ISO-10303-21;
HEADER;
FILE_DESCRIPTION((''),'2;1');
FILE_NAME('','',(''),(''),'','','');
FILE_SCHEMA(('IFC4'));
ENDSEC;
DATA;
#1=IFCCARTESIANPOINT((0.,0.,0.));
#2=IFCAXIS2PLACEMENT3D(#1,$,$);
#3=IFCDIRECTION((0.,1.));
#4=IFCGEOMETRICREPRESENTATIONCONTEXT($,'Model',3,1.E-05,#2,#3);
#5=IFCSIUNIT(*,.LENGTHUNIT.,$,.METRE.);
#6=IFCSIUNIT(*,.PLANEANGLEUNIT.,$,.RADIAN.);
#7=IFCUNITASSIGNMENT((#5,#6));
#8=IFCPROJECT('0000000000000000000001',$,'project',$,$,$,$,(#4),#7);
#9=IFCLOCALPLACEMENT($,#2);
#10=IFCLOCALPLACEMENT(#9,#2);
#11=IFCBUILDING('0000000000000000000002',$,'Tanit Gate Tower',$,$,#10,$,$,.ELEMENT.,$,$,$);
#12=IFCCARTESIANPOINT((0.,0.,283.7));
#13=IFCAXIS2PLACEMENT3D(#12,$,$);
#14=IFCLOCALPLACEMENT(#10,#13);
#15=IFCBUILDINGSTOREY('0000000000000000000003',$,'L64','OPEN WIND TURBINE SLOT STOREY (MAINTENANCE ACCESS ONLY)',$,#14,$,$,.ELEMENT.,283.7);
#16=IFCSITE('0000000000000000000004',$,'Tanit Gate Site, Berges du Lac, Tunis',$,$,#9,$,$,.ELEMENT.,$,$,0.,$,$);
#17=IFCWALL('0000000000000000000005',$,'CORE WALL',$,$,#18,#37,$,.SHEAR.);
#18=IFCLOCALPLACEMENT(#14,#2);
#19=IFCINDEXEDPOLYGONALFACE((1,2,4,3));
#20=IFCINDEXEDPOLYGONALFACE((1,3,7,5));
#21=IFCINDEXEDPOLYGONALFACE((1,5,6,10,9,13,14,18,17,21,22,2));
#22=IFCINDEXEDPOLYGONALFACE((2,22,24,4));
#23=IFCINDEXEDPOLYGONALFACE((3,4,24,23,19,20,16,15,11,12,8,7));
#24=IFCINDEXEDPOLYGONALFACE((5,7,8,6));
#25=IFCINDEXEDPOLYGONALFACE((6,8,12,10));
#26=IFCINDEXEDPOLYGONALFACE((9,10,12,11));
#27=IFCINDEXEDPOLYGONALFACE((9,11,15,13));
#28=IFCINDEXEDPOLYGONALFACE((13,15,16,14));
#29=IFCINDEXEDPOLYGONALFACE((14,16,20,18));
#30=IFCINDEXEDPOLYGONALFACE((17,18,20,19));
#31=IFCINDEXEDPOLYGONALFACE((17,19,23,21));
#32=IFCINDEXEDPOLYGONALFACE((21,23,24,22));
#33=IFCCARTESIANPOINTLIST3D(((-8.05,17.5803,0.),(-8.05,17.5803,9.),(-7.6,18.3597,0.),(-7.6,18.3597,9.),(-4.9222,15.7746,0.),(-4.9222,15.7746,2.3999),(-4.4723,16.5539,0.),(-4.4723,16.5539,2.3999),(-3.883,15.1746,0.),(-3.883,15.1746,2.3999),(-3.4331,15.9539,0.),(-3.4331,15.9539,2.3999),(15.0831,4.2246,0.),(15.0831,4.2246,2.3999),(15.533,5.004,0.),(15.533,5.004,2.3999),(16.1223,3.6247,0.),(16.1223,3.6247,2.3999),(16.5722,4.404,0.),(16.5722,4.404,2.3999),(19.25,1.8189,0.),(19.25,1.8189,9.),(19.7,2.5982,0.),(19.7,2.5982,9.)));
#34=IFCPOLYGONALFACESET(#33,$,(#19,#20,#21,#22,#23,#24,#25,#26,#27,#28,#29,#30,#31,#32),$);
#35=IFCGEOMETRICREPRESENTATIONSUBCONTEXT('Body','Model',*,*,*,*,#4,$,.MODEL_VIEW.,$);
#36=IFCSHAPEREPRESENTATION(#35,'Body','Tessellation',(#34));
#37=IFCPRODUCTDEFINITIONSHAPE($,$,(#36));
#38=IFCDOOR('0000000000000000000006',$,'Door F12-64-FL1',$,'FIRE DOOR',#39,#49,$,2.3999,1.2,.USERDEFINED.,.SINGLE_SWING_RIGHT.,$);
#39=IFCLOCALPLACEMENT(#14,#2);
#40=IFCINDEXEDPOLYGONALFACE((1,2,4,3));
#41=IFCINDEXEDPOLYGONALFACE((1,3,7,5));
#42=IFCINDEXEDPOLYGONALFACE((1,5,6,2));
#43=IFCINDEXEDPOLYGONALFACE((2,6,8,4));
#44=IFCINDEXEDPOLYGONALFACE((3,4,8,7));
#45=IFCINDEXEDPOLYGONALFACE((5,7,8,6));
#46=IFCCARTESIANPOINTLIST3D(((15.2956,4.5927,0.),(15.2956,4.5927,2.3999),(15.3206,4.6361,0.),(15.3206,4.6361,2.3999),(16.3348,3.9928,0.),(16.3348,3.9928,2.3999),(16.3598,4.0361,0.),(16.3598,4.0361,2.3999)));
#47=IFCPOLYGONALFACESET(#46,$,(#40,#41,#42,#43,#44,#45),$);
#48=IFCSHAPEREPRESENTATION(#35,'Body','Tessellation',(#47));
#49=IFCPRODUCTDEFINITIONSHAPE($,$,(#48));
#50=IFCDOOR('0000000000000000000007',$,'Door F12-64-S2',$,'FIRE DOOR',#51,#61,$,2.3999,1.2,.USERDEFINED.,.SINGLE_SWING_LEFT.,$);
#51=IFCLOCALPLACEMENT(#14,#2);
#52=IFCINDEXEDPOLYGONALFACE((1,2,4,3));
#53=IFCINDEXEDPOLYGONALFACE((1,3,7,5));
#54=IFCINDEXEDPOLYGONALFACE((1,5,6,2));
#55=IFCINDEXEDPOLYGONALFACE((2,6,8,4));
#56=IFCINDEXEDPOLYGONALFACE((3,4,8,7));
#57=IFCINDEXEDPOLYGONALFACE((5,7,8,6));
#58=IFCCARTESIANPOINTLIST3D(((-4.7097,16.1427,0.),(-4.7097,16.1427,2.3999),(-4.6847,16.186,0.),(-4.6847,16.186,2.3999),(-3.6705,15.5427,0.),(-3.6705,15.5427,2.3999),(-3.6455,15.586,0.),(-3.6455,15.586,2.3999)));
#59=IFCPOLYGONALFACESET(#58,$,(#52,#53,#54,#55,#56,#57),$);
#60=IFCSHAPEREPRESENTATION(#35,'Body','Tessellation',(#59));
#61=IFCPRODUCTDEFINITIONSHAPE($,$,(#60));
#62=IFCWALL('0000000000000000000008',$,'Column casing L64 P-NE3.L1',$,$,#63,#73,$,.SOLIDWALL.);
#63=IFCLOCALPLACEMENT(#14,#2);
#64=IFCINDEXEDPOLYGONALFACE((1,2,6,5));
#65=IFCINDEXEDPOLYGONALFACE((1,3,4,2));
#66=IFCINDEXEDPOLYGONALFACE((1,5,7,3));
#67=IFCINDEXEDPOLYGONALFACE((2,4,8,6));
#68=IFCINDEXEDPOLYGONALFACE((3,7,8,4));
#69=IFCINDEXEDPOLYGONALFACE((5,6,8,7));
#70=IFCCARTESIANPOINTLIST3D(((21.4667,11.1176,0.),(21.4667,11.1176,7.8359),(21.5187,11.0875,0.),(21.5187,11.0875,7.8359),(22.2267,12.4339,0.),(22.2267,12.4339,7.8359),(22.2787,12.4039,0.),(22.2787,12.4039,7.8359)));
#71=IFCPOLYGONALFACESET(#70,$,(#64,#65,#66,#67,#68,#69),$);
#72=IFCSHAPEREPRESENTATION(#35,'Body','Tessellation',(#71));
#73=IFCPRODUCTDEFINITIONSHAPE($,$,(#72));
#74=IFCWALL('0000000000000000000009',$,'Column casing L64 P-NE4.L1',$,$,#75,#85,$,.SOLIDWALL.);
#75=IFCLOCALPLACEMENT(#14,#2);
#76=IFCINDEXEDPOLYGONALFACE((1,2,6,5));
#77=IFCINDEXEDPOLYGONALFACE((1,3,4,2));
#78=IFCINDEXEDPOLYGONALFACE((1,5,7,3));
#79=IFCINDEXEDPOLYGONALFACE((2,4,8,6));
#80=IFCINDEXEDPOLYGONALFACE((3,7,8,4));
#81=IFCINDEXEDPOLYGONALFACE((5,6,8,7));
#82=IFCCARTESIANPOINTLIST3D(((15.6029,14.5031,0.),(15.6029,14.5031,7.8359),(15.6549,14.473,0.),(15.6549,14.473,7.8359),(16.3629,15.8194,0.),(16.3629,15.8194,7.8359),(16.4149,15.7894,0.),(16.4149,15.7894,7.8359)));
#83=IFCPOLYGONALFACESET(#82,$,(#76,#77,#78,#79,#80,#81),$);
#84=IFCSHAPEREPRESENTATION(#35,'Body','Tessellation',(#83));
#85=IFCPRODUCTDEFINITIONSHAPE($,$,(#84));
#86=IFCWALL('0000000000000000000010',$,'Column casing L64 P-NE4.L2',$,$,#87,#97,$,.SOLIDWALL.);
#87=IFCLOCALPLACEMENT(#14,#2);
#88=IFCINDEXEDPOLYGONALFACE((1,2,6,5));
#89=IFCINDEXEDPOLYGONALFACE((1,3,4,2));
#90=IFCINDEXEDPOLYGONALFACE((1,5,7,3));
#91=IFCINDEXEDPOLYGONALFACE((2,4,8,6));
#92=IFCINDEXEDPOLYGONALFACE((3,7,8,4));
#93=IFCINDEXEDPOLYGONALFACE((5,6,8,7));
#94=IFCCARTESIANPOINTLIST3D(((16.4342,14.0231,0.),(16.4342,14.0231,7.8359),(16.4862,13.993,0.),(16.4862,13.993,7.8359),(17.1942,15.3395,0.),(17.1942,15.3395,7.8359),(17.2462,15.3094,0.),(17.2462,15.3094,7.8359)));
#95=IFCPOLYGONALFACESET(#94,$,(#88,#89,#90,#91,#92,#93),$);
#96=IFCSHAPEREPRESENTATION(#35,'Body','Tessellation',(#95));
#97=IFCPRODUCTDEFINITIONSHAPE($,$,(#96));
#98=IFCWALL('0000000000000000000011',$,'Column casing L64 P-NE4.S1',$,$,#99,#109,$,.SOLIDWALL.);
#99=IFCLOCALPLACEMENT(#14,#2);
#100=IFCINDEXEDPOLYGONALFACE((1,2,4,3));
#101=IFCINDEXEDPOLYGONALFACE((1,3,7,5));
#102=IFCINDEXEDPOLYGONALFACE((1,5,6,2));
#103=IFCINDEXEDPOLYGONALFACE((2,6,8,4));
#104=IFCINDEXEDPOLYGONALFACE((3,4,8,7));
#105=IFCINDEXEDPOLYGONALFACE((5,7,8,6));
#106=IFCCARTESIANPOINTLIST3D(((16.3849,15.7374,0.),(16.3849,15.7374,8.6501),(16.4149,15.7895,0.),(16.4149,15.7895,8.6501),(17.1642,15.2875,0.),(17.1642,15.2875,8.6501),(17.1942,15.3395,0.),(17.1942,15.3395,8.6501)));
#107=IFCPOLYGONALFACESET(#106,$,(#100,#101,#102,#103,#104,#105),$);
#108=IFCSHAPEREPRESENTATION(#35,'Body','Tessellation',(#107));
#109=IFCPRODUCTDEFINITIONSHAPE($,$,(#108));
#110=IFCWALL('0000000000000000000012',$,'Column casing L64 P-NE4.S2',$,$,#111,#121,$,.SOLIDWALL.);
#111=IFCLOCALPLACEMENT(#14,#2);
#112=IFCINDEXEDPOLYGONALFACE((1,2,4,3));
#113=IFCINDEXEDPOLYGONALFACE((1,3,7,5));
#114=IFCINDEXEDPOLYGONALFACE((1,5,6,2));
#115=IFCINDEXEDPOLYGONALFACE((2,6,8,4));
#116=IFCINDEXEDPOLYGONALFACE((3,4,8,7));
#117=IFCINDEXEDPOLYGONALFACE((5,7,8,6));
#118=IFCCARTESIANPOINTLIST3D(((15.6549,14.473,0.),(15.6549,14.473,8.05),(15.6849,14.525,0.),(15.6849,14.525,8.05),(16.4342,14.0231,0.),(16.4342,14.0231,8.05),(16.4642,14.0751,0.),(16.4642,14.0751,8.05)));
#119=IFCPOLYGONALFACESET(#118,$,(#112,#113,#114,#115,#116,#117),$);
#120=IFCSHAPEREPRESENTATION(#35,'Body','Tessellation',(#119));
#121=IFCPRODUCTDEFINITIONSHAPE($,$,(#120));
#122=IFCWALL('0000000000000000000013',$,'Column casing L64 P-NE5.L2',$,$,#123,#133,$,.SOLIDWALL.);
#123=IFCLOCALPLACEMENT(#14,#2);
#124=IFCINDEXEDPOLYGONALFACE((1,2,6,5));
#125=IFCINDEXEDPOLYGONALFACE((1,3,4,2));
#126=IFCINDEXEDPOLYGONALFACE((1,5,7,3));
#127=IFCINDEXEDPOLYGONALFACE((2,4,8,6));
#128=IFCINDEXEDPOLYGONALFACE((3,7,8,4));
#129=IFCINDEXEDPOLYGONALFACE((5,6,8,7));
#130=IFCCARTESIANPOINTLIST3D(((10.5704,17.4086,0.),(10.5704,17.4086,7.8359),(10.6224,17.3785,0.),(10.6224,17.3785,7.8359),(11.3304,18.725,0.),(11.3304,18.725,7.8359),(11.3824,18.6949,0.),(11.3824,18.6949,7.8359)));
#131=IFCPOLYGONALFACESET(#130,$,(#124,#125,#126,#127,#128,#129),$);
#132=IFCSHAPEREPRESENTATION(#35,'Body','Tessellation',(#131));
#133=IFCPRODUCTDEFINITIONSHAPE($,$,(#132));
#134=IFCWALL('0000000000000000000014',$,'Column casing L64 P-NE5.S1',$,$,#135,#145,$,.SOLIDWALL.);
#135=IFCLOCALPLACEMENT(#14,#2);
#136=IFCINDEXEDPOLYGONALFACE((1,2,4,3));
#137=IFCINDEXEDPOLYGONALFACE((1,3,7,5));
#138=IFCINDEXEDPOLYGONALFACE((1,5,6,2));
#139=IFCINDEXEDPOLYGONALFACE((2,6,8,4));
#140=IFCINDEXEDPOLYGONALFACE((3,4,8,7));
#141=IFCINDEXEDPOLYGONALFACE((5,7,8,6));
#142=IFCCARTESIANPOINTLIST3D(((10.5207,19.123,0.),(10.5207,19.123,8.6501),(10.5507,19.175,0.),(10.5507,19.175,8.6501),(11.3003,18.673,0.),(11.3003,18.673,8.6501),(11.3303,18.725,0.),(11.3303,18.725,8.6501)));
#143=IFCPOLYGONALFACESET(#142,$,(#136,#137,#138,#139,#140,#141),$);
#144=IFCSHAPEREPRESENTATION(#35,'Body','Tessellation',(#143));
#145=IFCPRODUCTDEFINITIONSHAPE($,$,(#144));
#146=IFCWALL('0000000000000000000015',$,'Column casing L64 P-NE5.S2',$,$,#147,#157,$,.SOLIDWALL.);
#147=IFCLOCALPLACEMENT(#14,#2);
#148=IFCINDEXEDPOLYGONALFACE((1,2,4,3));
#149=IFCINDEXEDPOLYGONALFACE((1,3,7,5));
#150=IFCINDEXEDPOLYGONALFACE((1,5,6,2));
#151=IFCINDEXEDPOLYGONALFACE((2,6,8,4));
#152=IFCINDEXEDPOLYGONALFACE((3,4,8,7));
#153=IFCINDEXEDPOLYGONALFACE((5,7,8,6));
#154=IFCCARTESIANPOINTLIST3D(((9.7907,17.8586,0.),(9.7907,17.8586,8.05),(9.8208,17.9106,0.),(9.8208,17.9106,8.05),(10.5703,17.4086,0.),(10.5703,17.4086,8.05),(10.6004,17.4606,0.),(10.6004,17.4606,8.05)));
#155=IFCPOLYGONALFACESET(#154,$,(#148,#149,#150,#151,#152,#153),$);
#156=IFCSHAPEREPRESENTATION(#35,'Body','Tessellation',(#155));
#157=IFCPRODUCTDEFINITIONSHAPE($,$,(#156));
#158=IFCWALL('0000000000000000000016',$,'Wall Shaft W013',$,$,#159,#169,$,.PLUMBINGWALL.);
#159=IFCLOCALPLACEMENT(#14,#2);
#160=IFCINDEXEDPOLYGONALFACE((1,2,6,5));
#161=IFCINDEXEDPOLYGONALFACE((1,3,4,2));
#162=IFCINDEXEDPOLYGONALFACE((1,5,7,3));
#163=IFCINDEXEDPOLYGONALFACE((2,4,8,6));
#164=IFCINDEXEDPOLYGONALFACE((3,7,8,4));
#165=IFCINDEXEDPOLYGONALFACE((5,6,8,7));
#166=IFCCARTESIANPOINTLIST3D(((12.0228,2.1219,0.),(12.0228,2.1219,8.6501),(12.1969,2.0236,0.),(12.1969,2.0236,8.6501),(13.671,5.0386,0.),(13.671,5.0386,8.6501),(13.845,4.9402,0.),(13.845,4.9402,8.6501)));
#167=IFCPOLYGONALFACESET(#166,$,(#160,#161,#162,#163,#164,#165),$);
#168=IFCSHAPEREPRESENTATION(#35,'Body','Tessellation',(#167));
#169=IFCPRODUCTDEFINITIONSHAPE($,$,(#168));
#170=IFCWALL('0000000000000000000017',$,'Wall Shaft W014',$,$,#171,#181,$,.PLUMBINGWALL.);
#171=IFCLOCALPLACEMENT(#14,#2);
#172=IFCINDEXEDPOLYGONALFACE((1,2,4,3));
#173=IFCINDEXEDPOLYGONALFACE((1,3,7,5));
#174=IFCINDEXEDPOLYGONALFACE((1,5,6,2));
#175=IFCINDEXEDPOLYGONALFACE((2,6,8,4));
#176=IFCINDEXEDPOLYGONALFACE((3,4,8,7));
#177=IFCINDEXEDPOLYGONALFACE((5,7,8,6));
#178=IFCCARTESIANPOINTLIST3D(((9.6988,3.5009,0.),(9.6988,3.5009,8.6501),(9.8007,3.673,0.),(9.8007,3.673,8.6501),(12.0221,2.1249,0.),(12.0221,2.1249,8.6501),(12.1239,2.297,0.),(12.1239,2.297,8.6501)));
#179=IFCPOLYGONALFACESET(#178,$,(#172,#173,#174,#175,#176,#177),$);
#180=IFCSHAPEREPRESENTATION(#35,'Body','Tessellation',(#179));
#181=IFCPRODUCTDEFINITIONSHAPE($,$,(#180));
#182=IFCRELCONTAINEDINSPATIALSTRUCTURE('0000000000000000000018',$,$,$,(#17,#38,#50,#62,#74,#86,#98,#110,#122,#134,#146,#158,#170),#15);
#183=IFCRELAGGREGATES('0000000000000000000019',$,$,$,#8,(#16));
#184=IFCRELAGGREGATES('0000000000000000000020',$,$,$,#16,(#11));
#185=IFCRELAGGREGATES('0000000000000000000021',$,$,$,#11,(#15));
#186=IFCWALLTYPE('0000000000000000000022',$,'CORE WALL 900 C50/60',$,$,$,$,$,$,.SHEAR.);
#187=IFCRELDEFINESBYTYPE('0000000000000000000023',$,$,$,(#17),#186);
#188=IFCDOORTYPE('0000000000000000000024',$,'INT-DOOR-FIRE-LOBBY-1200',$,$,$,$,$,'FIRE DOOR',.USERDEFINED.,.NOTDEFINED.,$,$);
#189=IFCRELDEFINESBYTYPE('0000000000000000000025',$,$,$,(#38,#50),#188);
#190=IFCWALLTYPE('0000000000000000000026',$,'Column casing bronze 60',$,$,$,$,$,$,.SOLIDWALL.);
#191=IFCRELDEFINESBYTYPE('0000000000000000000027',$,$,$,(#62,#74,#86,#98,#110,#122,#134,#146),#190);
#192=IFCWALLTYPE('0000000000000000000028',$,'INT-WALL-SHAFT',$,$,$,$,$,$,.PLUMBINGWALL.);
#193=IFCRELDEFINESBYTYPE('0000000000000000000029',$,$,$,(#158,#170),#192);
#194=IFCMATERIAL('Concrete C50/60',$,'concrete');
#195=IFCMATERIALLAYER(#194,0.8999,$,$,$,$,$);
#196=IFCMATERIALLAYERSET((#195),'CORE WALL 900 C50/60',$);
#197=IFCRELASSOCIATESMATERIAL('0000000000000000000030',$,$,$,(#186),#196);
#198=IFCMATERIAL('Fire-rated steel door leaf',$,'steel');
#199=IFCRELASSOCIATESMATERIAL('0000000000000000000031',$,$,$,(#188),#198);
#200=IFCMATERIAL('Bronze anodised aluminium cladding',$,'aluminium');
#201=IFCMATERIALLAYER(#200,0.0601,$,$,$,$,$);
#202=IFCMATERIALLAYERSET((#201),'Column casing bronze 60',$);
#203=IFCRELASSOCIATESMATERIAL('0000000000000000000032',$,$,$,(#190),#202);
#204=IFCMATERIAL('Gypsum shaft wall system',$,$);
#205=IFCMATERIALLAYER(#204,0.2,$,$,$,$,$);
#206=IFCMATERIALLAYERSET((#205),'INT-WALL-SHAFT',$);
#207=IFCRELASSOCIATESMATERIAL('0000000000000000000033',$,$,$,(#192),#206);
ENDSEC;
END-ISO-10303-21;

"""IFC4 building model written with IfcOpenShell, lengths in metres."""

from ifc_helpers import new_model, si_unit, direction, frame, frame_2d, origin, place, context, subcontext, project, spatial, rectangle, extrude, material, layer, layer_set, type_object, element, fill, save


model = new_model("IFC4")

# Units and contexts
model_context = context("Model", 3, precision=1e-05, world=origin(), true_north=direction((0.0, 1.0)))
body_context = subcontext(model_context, "Body", "Model", "MODEL_VIEW")
ifc_project = project(units=[si_unit("LENGTHUNIT", "METRE"), si_unit("PLANEANGLEUNIT", "RADIAN")], contexts=[model_context])

# Site, building, storey
site_placement = place(None, origin())
site = spatial("IfcSite", under=ifc_project, at=site_placement, Name="Tanit Gate Site, Berges du Lac, Tunis", CompositionType="ELEMENT", RefElevation=0.0)
building_placement = place(site_placement, origin())
building = spatial("IfcBuilding", under=site, at=building_placement, Name="Tanit Gate Tower", CompositionType="ELEMENT")
storey_placement = place(building_placement, frame((0.0, 0.0, 283.7)))
storey = spatial("IfcBuildingStorey", under=building, at=storey_placement, Name="L64", Description="OPEN WIND TURBINE SLOT STOREY (MAINTENANCE ACCESS ONLY)", CompositionType="ELEMENT", Elevation=283.7)

# Wall, openings, doors
ifc_material_1 = material(Name="Concrete C50/60", Category="concrete")
ifc_layer_1 = layer(ifc_material_1, 0.8999)
ifc_layer_set_1 = layer_set([ifc_layer_1], Name="CORE WALL 900 C50/60")
wall_type_1 = type_object("IfcWallType", Name="CORE WALL 900 C50/60", PredefinedType="SHEAR", material=ifc_layer_set_1)
wall_1_placement = place(storey_placement, frame((19.4751, 2.2085, 0.0), z_axis=(0.0, 0.0, 1.0), x_axis=(-0.866028, 0.499995, 0.0)))
wall_1 = element("IfcWall", 1, at=wall_1_placement, inside=storey, type_object=wall_type_1, Name="CORE WALL", PredefinedType="SHEAR", context=body_context, shape_type="SweptSolid", body=[
    extrude(rectangle(XDim=31.5232, YDim=0.8999, at=frame_2d((15.7617, 0.0))), origin(), (0.0, 0.0, 1.0), 9.0),
])
opening_1_placement = place(wall_1_placement, frame((3.6116, 0.0, 0.0)))
opening_1 = element("IfcOpeningElement", 2, at=opening_1_placement, cuts=wall_1, PredefinedType="OPENING", context=body_context, shape_type="SweptSolid", body=[
    extrude(rectangle(XDim=1.2, YDim=2.3999, at=frame_2d((0.6001, 1.2))), frame((0.0, 0.46, 0.0), z_axis=(0.0, -1.0, 0.0), x_axis=(1.0, 0.0, 0.0)), (0.0, 0.0, 1.0), 0.9199),
])
opening_2_placement = place(wall_1_placement, frame((26.7117, 0.0, 0.0)))
opening_2 = element("IfcOpeningElement", 3, at=opening_2_placement, cuts=wall_1, PredefinedType="OPENING", context=body_context, shape_type="SweptSolid", body=[
    extrude(rectangle(XDim=1.2, YDim=2.3999, at=frame_2d((0.6001, 1.2))), frame((0.0, 0.46, 0.0), z_axis=(0.0, -1.0, 0.0), x_axis=(1.0, 0.0, 0.0)), (0.0, 0.0, 1.0), 0.9199),
])
ifc_material_2 = material(Name="Fire-rated steel door leaf", Category="steel")
door_type = type_object("IfcDoorType", Name="INT-DOOR-FIRE-LOBBY-1200", ElementType="FIRE DOOR", OperationType="NOTDEFINED", PredefinedType="USERDEFINED", material=ifc_material_2)
door_1_placement = place(opening_1_placement, origin())
door_1 = element("IfcDoor", 4, at=door_1_placement, inside=storey, type_object=door_type, Name="Door F12-64-FL1", ObjectType="FIRE DOOR", OperationType="SINGLE_SWING_RIGHT", OverallHeight=2.3999, OverallWidth=1.2, PredefinedType="USERDEFINED", context=body_context, shape_type="SweptSolid", body=[
    extrude(rectangle(XDim=1.2, YDim=2.3999, at=frame_2d((0.6001, 1.2))), frame((0.0, 0.0249, 0.0), z_axis=(0.0, -1.0, 0.0), x_axis=(1.0, 0.0, 0.0)), (0.0, 0.0, 1.0), 0.05),
])
fill(opening_1, door_1)
door_2_placement = place(opening_2_placement, origin())
door_2 = element("IfcDoor", 5, at=door_2_placement, inside=storey, type_object=door_type, Name="Door F12-64-S2", ObjectType="FIRE DOOR", OperationType="SINGLE_SWING_LEFT", OverallHeight=2.3999, OverallWidth=1.2, PredefinedType="USERDEFINED", context=body_context, shape_type="SweptSolid", body=[
    extrude(rectangle(XDim=1.2, YDim=2.3999, at=frame_2d((0.6001, 1.2))), frame((0.0, 0.0249, 0.0), z_axis=(0.0, -1.0, 0.0), x_axis=(1.0, 0.0, 0.0)), (0.0, 0.0, 1.0), 0.05),
])
fill(opening_2, door_2)

# Walls
ifc_material_3 = material(Name="Bronze anodised aluminium cladding", Category="aluminium")
ifc_layer_2 = layer(ifc_material_3, 0.0601)
ifc_layer_set_2 = layer_set([ifc_layer_2], Name="Column casing bronze 60")
wall_type_2 = type_object("IfcWallType", Name="Column casing bronze 60", PredefinedType="SOLIDWALL", material=ifc_layer_set_2)
for number, where, z_axis, x_axis, name in (
    (6, (21.4927, 11.1025, 0.0), (0.0, 0.0, 1.0), (0.499991, 0.86603, 0.0), "Column casing L64 P-NE3.L1"),
    (7, (15.6289, 14.488, 0.0), (0.0, 0.0, 1.0), (0.499991, 0.86603, 0.0), "Column casing L64 P-NE4.L1"),
    (8, (16.4602, 14.0081, 0.0), (0.0, 0.0, 1.0), (0.499991, 0.86603, 0.0), "Column casing L64 P-NE4.L2"),
):
    element("IfcWall", number, at=place(storey_placement, frame(where, z_axis=z_axis, x_axis=x_axis)), inside=storey, type_object=wall_type_2, Name=name, PredefinedType="SOLIDWALL", context=body_context, shape_type="SweptSolid", body=[
        extrude(rectangle(XDim=1.52, YDim=0.0601, at=frame_2d((0.76, 0.0))), origin(), (0.0, 0.0, 1.0), 7.8359),
    ])
wall_2_placement = place(storey_placement, frame((17.1792, 15.3135, 0.0), z_axis=(0.0, 0.0, 1.0), x_axis=(-0.866014, 0.50002, 0.0)))
element("IfcWall", 9, at=wall_2_placement, inside=storey, type_object=wall_type_2, Name="Column casing L64 P-NE4.S1", PredefinedType="SOLIDWALL", context=body_context, shape_type="SweptSolid", body=[
    extrude(rectangle(XDim=0.8999, YDim=0.0601, at=frame_2d((0.45, 0.0))), origin(), (0.0, 0.0, 1.0), 8.6501),
])
wall_3_placement = place(storey_placement, frame((16.4492, 14.0491, 0.0), z_axis=(0.0, 0.0, 1.0), x_axis=(-0.866014, 0.50002, 0.0)))
element("IfcWall", 10, at=wall_3_placement, inside=storey, type_object=wall_type_2, Name="Column casing L64 P-NE4.S2", PredefinedType="SOLIDWALL", context=body_context, shape_type="SweptSolid", body=[
    extrude(rectangle(XDim=0.8999, YDim=0.0601, at=frame_2d((0.45, 0.0))), origin(), (0.0, 0.0, 1.0), 8.05),
])
wall_4_placement = place(storey_placement, frame((10.5964, 17.3936, 0.0), z_axis=(0.0, 0.0, 1.0), x_axis=(0.499991, 0.86603, 0.0)))
element("IfcWall", 11, at=wall_4_placement, inside=storey, type_object=wall_type_2, Name="Column casing L64 P-NE5.L2", PredefinedType="SOLIDWALL", context=body_context, shape_type="SweptSolid", body=[
    extrude(rectangle(XDim=1.52, YDim=0.0601, at=frame_2d((0.76, 0.0))), origin(), (0.0, 0.0, 1.0), 7.8359),
])
wall_5_placement = place(storey_placement, frame((11.3154, 18.699, 0.0), z_axis=(0.0, 0.0, 1.0), x_axis=(-0.866082, 0.499902, 0.0)))
element("IfcWall", 12, at=wall_5_placement, inside=storey, type_object=wall_type_2, Name="Column casing L64 P-NE5.S1", PredefinedType="SOLIDWALL", context=body_context, shape_type="SweptSolid", body=[
    extrude(rectangle(XDim=0.9001, YDim=0.0601, at=frame_2d((0.4502, 0.0))), origin(), (0.0, 0.0, 1.0), 8.6501),
])
wall_6_placement = place(storey_placement, frame((10.5854, 17.4346, 0.0), z_axis=(0.0, 0.0, 1.0), x_axis=(-0.866082, 0.499902, 0.0)))
element("IfcWall", 13, at=wall_6_placement, inside=storey, type_object=wall_type_2, Name="Column casing L64 P-NE5.S2", PredefinedType="SOLIDWALL", context=body_context, shape_type="SweptSolid", body=[
    extrude(rectangle(XDim=0.9001, YDim=0.0601, at=frame_2d((0.4502, 0.0))), origin(), (0.0, 0.0, 1.0), 8.05),
])
ifc_material_4 = material(Name="Gypsum shaft wall system")
ifc_layer_3 = layer(ifc_material_4, 0.2)
ifc_layer_set_3 = layer_set([ifc_layer_3], Name="INT-WALL-SHAFT")
wall_type_3 = type_object("IfcWallType", Name="INT-WALL-SHAFT", PredefinedType="PLUMBINGWALL", material=ifc_layer_set_3)
wall_7_placement = place(storey_placement, frame((12.1099, 2.0728, 0.0), z_axis=(0.0, 0.0, 1.0), x_axis=(0.491966, 0.870614, 0.0)))
element("IfcWall", 14, at=wall_7_placement, inside=storey, type_object=wall_type_3, Name="Wall Shaft W013", PredefinedType="PLUMBINGWALL", context=body_context, shape_type="SweptSolid", body=[
    extrude(rectangle(XDim=3.3501, YDim=0.2, at=frame_2d((1.675, 0.0))), origin(), (0.0, 0.0, 1.0), 8.6501),
])
wall_8_placement = place(storey_placement, frame((12.073, 2.2109, 0.0), z_axis=(0.0, 0.0, 1.0), x_axis=(-0.860415, 0.509594, 0.0)))
element("IfcWall", 15, at=wall_8_placement, inside=storey, type_object=wall_type_3, Name="Wall Shaft W014", PredefinedType="PLUMBINGWALL", context=body_context, shape_type="SweptSolid", body=[
    extrude(rectangle(XDim=2.7002, YDim=0.2, at=frame_2d((1.3501, 0.0))), origin(), (0.0, 0.0, 1.0), 8.6501),
])

save(model, "model.ifc")
